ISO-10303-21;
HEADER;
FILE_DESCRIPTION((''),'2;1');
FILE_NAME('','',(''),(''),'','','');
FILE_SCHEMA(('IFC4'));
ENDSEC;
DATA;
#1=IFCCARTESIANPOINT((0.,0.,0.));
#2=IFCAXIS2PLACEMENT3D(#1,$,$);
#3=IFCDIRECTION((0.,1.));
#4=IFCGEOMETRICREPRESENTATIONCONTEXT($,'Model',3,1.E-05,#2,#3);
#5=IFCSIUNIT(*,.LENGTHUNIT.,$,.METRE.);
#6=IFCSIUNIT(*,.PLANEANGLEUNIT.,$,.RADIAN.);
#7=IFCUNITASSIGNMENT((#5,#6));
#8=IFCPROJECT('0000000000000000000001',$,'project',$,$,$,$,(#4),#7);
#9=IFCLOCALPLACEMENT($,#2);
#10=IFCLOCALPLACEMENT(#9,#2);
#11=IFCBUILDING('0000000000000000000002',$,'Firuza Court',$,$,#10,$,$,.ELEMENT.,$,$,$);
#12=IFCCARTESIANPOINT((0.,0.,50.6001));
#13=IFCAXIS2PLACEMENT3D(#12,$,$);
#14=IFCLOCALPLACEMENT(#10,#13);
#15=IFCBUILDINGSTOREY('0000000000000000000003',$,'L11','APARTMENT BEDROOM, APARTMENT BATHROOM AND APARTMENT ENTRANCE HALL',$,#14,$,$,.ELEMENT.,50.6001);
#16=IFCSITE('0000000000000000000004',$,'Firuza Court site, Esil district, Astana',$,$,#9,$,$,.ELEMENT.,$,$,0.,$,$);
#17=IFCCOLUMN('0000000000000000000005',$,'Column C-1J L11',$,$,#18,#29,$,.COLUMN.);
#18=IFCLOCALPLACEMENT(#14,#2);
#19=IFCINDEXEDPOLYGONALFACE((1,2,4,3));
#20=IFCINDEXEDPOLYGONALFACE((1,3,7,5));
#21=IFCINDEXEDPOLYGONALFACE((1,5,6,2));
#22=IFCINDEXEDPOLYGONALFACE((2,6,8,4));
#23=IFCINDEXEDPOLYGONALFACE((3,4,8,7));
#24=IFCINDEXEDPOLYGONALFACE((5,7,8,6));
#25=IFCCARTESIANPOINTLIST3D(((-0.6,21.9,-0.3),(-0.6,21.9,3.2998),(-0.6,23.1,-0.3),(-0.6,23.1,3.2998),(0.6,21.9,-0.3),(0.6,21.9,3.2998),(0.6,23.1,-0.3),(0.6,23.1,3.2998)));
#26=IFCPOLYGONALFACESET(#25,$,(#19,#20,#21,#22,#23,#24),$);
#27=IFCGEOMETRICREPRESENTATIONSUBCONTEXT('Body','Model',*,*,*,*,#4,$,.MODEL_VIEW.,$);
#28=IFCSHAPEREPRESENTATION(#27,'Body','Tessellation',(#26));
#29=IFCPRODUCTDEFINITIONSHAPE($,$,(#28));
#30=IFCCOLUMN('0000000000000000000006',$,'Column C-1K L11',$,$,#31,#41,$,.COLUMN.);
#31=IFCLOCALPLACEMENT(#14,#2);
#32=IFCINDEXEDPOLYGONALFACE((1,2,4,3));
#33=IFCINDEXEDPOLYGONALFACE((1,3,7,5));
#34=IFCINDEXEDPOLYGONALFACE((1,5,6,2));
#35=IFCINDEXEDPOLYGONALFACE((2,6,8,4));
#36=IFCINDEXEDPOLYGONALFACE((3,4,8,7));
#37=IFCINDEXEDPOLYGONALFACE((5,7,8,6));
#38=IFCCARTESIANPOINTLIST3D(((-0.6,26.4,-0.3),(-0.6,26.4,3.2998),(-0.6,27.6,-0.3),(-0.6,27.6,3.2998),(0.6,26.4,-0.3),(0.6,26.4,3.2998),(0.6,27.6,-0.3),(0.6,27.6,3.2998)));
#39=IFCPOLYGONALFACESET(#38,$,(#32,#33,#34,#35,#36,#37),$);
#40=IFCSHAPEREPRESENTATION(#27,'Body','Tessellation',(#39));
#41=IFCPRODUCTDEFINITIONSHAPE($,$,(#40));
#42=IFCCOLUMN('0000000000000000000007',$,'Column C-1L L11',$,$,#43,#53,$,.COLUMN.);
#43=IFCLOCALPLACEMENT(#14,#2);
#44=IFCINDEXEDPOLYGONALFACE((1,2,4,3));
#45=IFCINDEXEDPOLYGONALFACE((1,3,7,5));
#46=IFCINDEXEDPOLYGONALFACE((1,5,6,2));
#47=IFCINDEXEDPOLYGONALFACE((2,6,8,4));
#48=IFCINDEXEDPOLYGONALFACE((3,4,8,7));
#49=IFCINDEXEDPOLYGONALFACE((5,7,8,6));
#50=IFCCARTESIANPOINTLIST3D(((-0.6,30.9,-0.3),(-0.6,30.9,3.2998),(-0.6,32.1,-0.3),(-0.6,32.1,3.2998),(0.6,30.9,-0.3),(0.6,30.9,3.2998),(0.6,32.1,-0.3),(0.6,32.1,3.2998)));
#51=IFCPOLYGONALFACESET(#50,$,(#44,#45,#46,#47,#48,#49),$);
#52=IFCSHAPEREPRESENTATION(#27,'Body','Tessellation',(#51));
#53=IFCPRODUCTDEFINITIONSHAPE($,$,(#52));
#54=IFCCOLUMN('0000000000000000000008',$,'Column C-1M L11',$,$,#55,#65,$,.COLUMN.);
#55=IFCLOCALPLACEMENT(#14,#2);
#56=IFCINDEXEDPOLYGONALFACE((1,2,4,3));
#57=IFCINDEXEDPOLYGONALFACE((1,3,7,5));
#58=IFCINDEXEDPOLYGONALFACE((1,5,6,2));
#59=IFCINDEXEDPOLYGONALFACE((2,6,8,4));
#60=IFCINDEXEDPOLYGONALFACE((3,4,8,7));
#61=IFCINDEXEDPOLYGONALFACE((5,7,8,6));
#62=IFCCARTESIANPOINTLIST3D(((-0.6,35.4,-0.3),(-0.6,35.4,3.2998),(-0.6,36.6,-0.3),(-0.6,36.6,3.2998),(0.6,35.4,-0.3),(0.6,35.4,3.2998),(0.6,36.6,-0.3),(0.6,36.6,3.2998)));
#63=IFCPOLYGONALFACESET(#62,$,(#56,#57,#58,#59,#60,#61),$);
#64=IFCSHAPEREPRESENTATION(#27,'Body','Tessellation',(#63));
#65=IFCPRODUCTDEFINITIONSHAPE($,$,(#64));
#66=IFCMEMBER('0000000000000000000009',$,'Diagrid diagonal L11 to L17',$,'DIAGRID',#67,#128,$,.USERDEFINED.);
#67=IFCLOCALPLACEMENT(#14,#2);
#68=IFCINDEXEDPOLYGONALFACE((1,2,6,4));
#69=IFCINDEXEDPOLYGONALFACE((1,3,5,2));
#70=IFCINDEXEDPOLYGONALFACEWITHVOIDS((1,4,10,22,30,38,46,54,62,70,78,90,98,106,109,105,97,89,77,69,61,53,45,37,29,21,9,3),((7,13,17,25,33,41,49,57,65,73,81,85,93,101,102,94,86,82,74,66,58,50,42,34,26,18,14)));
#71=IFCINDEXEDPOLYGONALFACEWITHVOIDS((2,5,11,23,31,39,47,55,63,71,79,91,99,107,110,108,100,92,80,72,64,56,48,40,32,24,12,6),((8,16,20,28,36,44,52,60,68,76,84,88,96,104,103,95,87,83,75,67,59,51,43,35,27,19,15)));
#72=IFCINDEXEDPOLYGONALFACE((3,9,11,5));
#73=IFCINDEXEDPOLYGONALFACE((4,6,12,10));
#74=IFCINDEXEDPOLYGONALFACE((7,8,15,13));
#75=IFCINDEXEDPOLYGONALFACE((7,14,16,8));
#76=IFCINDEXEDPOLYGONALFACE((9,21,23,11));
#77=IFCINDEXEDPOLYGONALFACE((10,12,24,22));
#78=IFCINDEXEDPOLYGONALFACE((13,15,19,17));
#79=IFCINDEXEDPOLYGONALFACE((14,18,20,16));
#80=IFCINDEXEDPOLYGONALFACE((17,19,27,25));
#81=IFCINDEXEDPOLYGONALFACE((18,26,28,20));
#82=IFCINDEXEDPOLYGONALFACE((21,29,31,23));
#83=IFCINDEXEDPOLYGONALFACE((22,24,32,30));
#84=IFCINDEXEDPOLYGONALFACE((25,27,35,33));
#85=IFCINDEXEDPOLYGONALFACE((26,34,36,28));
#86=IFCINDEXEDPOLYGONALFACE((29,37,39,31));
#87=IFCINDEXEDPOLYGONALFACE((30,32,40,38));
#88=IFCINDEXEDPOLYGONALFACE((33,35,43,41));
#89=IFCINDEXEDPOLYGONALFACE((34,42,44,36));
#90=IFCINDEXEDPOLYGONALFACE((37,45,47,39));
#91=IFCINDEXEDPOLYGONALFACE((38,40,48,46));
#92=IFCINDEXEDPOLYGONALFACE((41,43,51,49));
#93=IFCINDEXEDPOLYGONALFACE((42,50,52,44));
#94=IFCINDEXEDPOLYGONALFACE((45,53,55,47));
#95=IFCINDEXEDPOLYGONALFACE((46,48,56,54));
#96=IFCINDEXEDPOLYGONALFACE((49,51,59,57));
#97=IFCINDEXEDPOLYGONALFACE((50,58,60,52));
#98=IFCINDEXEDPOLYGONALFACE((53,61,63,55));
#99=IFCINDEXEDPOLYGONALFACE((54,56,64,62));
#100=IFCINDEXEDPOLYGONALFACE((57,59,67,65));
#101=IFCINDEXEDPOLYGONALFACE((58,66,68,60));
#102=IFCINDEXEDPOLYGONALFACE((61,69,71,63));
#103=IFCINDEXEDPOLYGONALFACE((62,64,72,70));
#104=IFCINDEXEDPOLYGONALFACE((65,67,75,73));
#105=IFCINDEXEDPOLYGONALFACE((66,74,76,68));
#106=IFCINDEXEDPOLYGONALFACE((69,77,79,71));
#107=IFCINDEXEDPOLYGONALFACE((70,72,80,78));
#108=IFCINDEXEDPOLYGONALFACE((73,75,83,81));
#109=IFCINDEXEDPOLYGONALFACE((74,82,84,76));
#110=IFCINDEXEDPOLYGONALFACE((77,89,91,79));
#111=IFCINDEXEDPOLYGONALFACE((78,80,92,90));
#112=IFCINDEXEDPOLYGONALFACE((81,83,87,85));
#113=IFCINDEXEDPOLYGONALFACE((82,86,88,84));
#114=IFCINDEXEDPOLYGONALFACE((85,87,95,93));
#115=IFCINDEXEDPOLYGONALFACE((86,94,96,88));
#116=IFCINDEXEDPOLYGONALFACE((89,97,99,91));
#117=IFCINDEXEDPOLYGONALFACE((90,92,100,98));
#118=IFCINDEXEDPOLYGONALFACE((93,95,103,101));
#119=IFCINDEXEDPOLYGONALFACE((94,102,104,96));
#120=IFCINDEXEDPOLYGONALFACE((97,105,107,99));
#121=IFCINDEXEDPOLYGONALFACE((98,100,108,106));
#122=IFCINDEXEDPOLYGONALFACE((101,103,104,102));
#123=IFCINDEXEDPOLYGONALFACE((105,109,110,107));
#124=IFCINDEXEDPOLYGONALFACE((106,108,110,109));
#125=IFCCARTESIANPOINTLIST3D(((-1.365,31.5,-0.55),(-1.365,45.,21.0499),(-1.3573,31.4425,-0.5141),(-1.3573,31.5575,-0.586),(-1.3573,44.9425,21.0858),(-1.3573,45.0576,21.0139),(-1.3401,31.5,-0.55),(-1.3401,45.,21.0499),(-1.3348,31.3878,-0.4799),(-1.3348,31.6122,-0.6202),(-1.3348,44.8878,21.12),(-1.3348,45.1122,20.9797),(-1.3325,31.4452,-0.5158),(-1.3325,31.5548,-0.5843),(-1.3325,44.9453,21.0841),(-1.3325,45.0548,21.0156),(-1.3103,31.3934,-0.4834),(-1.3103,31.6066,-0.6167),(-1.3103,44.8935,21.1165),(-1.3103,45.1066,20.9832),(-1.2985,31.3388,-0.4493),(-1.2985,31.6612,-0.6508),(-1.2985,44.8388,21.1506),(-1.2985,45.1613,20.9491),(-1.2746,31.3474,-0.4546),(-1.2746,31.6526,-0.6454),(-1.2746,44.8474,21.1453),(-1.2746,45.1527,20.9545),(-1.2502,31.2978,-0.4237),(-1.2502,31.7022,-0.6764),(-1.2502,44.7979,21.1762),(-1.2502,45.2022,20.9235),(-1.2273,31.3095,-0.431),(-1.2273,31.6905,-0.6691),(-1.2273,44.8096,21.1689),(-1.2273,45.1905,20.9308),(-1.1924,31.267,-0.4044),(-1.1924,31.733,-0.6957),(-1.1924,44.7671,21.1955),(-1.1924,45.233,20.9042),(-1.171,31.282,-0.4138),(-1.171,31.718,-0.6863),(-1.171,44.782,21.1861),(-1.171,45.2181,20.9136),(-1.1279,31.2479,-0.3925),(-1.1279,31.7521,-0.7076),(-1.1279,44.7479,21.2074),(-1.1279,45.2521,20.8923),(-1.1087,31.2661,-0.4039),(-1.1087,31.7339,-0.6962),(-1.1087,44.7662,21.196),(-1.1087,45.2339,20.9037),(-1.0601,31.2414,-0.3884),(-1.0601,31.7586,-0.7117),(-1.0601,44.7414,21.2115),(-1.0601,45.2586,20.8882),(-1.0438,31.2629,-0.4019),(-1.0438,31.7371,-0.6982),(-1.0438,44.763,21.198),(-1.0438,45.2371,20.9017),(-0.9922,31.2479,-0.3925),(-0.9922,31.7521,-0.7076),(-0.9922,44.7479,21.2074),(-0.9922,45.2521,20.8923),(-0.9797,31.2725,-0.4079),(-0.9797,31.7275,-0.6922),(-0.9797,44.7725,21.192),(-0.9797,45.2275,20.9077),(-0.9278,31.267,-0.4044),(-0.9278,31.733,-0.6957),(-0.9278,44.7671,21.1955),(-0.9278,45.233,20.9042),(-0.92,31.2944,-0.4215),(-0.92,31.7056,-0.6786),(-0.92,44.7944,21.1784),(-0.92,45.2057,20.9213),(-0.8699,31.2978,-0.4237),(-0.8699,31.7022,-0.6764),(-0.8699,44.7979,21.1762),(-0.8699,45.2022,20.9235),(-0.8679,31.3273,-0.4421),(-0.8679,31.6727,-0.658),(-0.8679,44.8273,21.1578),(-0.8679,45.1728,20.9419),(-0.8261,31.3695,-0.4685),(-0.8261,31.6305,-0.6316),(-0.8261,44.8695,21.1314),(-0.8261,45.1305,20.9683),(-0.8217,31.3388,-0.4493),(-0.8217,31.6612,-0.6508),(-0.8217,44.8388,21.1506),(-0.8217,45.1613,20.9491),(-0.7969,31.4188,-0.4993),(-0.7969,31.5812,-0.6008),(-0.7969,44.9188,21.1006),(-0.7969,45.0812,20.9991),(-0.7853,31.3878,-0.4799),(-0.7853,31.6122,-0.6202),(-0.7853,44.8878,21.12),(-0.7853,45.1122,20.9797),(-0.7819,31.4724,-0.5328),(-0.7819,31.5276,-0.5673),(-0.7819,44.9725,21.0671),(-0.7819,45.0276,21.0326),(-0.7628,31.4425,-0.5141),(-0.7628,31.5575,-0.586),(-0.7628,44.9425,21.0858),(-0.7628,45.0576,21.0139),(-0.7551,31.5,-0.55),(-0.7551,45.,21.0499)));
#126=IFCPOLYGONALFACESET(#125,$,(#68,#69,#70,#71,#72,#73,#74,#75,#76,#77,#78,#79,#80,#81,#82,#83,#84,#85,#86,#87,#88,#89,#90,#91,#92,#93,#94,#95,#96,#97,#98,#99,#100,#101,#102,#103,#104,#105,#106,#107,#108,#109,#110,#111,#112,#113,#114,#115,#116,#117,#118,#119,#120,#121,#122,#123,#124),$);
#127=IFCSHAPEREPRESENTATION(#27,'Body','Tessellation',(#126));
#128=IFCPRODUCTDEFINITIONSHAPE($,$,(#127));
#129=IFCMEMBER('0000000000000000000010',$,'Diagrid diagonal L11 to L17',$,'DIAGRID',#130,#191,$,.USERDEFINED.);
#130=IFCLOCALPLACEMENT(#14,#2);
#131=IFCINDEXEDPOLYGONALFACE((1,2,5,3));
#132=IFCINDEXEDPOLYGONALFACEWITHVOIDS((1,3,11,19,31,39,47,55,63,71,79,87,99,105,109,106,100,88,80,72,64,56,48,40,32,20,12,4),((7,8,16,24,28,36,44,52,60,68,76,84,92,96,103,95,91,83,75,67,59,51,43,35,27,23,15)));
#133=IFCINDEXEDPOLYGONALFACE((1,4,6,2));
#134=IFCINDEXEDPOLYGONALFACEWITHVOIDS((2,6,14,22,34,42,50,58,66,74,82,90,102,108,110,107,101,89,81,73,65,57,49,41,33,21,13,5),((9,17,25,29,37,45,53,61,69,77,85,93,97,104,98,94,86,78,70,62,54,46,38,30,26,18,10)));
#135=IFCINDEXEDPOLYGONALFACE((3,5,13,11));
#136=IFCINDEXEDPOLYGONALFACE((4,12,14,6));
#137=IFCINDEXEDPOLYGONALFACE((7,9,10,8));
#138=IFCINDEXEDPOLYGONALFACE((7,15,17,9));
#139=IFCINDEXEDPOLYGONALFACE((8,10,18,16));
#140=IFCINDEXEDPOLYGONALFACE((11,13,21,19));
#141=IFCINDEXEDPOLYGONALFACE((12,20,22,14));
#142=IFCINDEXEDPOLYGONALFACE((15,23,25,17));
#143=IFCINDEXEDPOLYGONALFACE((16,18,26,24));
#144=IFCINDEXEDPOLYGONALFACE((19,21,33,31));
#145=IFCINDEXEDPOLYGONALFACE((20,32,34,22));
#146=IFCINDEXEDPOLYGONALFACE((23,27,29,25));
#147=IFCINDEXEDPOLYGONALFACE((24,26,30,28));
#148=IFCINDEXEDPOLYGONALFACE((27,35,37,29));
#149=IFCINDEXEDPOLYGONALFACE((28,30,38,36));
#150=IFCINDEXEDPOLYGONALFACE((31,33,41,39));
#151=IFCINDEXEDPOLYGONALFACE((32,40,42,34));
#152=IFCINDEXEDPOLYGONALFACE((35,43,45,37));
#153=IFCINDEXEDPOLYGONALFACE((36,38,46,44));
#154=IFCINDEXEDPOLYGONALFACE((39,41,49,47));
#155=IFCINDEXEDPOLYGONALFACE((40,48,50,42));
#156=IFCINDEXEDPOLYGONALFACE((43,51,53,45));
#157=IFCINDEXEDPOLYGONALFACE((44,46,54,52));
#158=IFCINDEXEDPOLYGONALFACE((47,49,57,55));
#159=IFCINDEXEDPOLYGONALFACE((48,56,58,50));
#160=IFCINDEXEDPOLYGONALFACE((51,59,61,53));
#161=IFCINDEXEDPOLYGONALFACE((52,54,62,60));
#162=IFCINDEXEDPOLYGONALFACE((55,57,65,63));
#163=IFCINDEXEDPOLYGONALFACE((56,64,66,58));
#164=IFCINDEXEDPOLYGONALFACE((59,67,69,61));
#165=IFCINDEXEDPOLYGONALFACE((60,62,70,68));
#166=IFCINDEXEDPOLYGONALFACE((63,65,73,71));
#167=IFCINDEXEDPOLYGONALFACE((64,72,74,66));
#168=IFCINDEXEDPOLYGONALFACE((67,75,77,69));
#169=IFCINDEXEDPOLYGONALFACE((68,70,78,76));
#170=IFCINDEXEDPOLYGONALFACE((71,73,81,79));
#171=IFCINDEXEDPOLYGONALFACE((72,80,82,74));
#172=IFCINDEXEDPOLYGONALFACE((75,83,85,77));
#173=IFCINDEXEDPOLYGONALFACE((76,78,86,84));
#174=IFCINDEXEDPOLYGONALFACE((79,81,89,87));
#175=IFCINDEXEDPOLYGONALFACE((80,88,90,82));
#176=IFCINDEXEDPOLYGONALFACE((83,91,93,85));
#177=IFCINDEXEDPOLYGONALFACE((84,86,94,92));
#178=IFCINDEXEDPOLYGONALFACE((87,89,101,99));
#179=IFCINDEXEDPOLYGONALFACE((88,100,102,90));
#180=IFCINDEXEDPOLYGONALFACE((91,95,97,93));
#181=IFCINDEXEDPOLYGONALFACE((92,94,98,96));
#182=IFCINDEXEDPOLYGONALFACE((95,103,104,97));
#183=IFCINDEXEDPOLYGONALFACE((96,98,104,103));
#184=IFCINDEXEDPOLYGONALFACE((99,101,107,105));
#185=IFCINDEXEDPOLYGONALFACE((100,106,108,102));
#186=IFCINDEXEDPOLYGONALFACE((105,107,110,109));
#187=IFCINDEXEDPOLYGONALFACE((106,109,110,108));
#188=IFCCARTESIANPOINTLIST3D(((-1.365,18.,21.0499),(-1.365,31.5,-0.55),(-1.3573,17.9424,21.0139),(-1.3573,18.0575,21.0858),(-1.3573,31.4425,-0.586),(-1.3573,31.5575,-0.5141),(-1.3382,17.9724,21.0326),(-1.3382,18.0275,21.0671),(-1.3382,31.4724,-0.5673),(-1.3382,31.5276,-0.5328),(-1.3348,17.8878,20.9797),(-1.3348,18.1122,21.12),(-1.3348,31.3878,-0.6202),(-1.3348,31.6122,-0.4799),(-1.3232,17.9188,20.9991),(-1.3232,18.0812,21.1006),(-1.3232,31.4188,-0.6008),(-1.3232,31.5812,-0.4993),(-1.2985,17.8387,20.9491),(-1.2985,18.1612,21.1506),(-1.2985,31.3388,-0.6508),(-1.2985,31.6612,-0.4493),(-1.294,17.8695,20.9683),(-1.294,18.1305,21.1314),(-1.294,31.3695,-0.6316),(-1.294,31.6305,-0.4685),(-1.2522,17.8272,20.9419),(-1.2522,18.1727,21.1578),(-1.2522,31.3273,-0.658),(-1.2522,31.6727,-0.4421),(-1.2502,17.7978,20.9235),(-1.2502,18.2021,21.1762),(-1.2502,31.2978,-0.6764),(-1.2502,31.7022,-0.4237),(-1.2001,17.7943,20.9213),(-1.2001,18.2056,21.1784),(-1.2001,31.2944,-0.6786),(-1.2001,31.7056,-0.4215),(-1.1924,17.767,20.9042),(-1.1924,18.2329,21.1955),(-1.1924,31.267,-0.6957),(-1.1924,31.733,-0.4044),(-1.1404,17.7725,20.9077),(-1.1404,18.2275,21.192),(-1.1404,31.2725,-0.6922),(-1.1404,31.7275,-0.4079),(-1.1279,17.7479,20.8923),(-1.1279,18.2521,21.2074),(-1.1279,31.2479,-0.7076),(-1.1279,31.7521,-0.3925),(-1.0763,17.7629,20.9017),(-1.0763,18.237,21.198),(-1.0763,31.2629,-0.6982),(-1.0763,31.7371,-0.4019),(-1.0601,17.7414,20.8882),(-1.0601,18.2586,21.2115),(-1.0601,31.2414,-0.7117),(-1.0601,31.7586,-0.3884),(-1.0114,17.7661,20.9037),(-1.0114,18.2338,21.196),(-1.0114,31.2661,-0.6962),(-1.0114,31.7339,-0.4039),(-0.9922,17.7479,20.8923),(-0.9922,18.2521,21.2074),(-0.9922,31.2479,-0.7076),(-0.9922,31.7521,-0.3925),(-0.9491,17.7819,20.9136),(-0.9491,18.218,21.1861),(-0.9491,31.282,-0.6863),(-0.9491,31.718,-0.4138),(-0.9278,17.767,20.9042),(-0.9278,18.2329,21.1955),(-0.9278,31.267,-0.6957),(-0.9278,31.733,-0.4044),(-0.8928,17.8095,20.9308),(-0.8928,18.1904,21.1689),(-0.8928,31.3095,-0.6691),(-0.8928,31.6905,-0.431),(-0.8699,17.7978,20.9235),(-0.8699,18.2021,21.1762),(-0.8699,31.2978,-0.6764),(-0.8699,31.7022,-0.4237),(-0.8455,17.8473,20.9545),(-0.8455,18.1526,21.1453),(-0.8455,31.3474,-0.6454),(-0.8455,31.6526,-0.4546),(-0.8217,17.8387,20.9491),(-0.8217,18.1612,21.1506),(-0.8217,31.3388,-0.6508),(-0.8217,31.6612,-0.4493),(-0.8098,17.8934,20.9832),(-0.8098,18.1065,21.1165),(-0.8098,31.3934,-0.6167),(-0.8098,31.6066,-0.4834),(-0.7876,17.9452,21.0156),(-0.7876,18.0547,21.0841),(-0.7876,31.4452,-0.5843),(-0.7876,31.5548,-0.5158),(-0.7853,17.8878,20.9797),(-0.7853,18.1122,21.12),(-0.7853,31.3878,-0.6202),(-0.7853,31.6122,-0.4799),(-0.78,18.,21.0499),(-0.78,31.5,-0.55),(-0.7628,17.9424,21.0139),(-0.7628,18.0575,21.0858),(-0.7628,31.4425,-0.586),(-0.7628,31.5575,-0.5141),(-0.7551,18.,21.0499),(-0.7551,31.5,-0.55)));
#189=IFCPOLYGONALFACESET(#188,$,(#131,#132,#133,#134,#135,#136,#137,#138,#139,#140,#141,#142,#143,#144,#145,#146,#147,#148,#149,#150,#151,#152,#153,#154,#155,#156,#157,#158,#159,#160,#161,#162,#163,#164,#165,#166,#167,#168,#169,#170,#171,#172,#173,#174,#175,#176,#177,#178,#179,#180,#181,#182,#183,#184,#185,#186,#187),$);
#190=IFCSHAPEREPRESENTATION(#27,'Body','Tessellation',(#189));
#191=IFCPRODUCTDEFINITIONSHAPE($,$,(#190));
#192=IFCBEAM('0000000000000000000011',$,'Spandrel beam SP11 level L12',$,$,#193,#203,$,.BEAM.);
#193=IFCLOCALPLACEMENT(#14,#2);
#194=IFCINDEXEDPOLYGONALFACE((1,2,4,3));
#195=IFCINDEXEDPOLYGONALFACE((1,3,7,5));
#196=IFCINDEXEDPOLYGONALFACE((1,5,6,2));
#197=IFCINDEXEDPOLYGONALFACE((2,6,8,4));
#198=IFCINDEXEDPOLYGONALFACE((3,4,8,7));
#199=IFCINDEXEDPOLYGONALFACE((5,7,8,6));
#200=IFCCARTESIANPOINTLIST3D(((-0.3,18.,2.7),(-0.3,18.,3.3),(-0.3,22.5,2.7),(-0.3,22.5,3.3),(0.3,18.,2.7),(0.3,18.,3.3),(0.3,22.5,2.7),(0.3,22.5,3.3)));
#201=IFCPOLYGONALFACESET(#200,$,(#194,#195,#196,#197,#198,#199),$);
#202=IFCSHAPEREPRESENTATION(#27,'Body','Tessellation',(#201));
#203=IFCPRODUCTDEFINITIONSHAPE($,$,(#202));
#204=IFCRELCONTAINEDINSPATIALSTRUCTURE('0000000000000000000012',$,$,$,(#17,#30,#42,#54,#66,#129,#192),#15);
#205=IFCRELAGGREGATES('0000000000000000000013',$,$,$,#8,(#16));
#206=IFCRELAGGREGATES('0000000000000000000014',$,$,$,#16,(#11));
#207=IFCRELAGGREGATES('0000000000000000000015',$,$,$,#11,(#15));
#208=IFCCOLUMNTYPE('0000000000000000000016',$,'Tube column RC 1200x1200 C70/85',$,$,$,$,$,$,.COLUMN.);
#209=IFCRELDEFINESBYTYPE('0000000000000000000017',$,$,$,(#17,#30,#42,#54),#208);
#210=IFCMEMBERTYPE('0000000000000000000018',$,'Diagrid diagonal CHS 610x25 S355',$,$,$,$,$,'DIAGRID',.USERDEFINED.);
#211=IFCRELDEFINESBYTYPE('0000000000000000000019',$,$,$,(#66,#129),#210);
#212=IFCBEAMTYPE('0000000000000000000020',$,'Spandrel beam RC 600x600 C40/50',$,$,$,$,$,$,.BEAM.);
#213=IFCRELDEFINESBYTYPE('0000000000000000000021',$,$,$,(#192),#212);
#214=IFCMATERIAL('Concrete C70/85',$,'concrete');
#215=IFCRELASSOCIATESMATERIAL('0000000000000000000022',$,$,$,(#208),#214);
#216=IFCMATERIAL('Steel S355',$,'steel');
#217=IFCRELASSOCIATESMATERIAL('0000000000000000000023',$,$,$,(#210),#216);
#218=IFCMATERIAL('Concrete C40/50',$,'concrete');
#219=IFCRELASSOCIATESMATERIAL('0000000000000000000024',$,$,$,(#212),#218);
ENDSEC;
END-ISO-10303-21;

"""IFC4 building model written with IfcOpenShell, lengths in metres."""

from ifc_helpers import new_model, si_unit, direction, frame, origin, origin_2d, place, context, subcontext, project, spatial, rectangle, hollow_circle, extrude, material, material_profile, profile_set, type_object, element, save


model = new_model("IFC4")

# Units and contexts
model_context = context("Model", 3, precision=1e-05, world=origin(), true_north=direction((0.0, 1.0)))
body_context = subcontext(model_context, "Body", "Model", "MODEL_VIEW")
ifc_project = project(units=[si_unit("LENGTHUNIT", "METRE"), si_unit("PLANEANGLEUNIT", "RADIAN")], contexts=[model_context])

# Site, building, storey
site_placement = place(None, origin())
site = spatial("IfcSite", under=ifc_project, at=site_placement, Name="Firuza Court site, Esil district, Astana", CompositionType="ELEMENT", RefElevation=0.0)
building_placement = place(site_placement, origin())
building = spatial("IfcBuilding", under=site, at=building_placement, Name="Firuza Court", CompositionType="ELEMENT")
storey_placement = place(building_placement, frame((0.0, 0.0, 50.6001)))
storey = spatial("IfcBuildingStorey", under=building, at=storey_placement, Name="L11", Description="APARTMENT BEDROOM, APARTMENT BATHROOM AND APARTMENT ENTRANCE HALL", CompositionType="ELEMENT", Elevation=50.6001)

# Columns
ifc_material_1 = material(Name="Concrete C70/85", Category="concrete")
ifc_material_profile_1 = material_profile(ifc_material_1, rectangle(XDim=1.2, YDim=1.2, at=origin_2d()), Name="RC 1200x1200")
ifc_profile_set_1 = profile_set([ifc_material_profile_1], Name="Concrete C70/85")
column_type = type_object("IfcColumnType", Name="Tube column RC 1200x1200 C70/85", PredefinedType="COLUMN", material=ifc_profile_set_1)
for number, where, z_axis, x_axis, name in (
    (1, (0.0, 22.5, -0.3), (0.0, 0.0, 1.0), (1.0, 0.0, 0.0), "Column C-1J L11"),
    (2, (0.0, 27.0, -0.3), (0.0, 0.0, 1.0), (1.0, 0.0, 0.0), "Column C-1K L11"),
    (3, (0.0, 31.5, -0.3), (0.0, 0.0, 1.0), (1.0, 0.0, 0.0), "Column C-1L L11"),
    (4, (0.0, 36.0, -0.3), (0.0, 0.0, 1.0), (1.0, 0.0, 0.0), "Column C-1M L11"),
):
    element("IfcColumn", number, at=place(storey_placement, frame(where, z_axis=z_axis, x_axis=x_axis)), inside=storey, type_object=column_type, Name=name, PredefinedType="COLUMN", context=body_context, shape_type="SweptSolid", body=[
        extrude(rectangle(XDim=1.2, YDim=1.2, at=origin_2d()), origin(), (0.0, 0.0, 1.0), 3.5999),
    ])

# Members
ifc_material_2 = material(Name="Steel S355", Category="steel")
ifc_material_profile_2 = material_profile(ifc_material_2, hollow_circle(Radius=0.3049, WallThickness=0.0249, at=origin_2d()), Name="CHS 610x25")
ifc_profile_set_2 = profile_set([ifc_material_profile_2], Name="Steel S355")
member_type = type_object("IfcMemberType", Name="Diagrid diagonal CHS 610x25 S355", ElementType="DIAGRID", PredefinedType="USERDEFINED", material=ifc_profile_set_2)
for number, where, z_axis, x_axis, name in (
    (5, (-1.0601, 31.5, -0.55), (0.0, 0.530002, 0.847997), (-1.0, 0.0, 0.0), "Diagrid diagonal L11 to L17"),
    (6, (-1.0601, 31.5, -0.55), (0.0, -0.530002, 0.847997), (1.0, 0.0, 0.0), "Diagrid diagonal L11 to L17"),
):
    element("IfcMember", number, at=place(storey_placement, frame(where, z_axis=z_axis, x_axis=x_axis)), inside=storey, type_object=member_type, Name=name, ObjectType="DIAGRID", PredefinedType="USERDEFINED", context=body_context, shape_type="SweptSolid", body=[
        extrude(hollow_circle(Radius=0.3049, WallThickness=0.0249, at=origin_2d()), origin(), (0.0, 0.0, 1.0), 25.4717),
    ])

# Beam
ifc_material_3 = material(Name="Concrete C40/50", Category="concrete")
ifc_material_profile_3 = material_profile(ifc_material_3, rectangle(XDim=0.6001, YDim=0.6001, at=origin_2d()), Name="RC 600x600")
ifc_profile_set_3 = profile_set([ifc_material_profile_3], Name="Concrete C40/50")
beam_type = type_object("IfcBeamType", Name="Spandrel beam RC 600x600 C40/50", PredefinedType="BEAM", material=ifc_profile_set_3)
for number, where, z_axis, x_axis, name in (
    (7, (0.0, 22.5, 3.0), (0.0, -1.0, 0.0), (1.0, 0.0, 0.0), "Spandrel beam SP11 level L12"),
):
    element("IfcBeam", number, at=place(storey_placement, frame(where, z_axis=z_axis, x_axis=x_axis)), inside=storey, type_object=beam_type, Name=name, PredefinedType="BEAM", context=body_context, shape_type="SweptSolid", body=[
        extrude(rectangle(XDim=0.6001, YDim=0.6001, at=origin_2d()), origin(), (0.0, 0.0, 1.0), 4.5),
    ])

save(model, "model.ifc")
